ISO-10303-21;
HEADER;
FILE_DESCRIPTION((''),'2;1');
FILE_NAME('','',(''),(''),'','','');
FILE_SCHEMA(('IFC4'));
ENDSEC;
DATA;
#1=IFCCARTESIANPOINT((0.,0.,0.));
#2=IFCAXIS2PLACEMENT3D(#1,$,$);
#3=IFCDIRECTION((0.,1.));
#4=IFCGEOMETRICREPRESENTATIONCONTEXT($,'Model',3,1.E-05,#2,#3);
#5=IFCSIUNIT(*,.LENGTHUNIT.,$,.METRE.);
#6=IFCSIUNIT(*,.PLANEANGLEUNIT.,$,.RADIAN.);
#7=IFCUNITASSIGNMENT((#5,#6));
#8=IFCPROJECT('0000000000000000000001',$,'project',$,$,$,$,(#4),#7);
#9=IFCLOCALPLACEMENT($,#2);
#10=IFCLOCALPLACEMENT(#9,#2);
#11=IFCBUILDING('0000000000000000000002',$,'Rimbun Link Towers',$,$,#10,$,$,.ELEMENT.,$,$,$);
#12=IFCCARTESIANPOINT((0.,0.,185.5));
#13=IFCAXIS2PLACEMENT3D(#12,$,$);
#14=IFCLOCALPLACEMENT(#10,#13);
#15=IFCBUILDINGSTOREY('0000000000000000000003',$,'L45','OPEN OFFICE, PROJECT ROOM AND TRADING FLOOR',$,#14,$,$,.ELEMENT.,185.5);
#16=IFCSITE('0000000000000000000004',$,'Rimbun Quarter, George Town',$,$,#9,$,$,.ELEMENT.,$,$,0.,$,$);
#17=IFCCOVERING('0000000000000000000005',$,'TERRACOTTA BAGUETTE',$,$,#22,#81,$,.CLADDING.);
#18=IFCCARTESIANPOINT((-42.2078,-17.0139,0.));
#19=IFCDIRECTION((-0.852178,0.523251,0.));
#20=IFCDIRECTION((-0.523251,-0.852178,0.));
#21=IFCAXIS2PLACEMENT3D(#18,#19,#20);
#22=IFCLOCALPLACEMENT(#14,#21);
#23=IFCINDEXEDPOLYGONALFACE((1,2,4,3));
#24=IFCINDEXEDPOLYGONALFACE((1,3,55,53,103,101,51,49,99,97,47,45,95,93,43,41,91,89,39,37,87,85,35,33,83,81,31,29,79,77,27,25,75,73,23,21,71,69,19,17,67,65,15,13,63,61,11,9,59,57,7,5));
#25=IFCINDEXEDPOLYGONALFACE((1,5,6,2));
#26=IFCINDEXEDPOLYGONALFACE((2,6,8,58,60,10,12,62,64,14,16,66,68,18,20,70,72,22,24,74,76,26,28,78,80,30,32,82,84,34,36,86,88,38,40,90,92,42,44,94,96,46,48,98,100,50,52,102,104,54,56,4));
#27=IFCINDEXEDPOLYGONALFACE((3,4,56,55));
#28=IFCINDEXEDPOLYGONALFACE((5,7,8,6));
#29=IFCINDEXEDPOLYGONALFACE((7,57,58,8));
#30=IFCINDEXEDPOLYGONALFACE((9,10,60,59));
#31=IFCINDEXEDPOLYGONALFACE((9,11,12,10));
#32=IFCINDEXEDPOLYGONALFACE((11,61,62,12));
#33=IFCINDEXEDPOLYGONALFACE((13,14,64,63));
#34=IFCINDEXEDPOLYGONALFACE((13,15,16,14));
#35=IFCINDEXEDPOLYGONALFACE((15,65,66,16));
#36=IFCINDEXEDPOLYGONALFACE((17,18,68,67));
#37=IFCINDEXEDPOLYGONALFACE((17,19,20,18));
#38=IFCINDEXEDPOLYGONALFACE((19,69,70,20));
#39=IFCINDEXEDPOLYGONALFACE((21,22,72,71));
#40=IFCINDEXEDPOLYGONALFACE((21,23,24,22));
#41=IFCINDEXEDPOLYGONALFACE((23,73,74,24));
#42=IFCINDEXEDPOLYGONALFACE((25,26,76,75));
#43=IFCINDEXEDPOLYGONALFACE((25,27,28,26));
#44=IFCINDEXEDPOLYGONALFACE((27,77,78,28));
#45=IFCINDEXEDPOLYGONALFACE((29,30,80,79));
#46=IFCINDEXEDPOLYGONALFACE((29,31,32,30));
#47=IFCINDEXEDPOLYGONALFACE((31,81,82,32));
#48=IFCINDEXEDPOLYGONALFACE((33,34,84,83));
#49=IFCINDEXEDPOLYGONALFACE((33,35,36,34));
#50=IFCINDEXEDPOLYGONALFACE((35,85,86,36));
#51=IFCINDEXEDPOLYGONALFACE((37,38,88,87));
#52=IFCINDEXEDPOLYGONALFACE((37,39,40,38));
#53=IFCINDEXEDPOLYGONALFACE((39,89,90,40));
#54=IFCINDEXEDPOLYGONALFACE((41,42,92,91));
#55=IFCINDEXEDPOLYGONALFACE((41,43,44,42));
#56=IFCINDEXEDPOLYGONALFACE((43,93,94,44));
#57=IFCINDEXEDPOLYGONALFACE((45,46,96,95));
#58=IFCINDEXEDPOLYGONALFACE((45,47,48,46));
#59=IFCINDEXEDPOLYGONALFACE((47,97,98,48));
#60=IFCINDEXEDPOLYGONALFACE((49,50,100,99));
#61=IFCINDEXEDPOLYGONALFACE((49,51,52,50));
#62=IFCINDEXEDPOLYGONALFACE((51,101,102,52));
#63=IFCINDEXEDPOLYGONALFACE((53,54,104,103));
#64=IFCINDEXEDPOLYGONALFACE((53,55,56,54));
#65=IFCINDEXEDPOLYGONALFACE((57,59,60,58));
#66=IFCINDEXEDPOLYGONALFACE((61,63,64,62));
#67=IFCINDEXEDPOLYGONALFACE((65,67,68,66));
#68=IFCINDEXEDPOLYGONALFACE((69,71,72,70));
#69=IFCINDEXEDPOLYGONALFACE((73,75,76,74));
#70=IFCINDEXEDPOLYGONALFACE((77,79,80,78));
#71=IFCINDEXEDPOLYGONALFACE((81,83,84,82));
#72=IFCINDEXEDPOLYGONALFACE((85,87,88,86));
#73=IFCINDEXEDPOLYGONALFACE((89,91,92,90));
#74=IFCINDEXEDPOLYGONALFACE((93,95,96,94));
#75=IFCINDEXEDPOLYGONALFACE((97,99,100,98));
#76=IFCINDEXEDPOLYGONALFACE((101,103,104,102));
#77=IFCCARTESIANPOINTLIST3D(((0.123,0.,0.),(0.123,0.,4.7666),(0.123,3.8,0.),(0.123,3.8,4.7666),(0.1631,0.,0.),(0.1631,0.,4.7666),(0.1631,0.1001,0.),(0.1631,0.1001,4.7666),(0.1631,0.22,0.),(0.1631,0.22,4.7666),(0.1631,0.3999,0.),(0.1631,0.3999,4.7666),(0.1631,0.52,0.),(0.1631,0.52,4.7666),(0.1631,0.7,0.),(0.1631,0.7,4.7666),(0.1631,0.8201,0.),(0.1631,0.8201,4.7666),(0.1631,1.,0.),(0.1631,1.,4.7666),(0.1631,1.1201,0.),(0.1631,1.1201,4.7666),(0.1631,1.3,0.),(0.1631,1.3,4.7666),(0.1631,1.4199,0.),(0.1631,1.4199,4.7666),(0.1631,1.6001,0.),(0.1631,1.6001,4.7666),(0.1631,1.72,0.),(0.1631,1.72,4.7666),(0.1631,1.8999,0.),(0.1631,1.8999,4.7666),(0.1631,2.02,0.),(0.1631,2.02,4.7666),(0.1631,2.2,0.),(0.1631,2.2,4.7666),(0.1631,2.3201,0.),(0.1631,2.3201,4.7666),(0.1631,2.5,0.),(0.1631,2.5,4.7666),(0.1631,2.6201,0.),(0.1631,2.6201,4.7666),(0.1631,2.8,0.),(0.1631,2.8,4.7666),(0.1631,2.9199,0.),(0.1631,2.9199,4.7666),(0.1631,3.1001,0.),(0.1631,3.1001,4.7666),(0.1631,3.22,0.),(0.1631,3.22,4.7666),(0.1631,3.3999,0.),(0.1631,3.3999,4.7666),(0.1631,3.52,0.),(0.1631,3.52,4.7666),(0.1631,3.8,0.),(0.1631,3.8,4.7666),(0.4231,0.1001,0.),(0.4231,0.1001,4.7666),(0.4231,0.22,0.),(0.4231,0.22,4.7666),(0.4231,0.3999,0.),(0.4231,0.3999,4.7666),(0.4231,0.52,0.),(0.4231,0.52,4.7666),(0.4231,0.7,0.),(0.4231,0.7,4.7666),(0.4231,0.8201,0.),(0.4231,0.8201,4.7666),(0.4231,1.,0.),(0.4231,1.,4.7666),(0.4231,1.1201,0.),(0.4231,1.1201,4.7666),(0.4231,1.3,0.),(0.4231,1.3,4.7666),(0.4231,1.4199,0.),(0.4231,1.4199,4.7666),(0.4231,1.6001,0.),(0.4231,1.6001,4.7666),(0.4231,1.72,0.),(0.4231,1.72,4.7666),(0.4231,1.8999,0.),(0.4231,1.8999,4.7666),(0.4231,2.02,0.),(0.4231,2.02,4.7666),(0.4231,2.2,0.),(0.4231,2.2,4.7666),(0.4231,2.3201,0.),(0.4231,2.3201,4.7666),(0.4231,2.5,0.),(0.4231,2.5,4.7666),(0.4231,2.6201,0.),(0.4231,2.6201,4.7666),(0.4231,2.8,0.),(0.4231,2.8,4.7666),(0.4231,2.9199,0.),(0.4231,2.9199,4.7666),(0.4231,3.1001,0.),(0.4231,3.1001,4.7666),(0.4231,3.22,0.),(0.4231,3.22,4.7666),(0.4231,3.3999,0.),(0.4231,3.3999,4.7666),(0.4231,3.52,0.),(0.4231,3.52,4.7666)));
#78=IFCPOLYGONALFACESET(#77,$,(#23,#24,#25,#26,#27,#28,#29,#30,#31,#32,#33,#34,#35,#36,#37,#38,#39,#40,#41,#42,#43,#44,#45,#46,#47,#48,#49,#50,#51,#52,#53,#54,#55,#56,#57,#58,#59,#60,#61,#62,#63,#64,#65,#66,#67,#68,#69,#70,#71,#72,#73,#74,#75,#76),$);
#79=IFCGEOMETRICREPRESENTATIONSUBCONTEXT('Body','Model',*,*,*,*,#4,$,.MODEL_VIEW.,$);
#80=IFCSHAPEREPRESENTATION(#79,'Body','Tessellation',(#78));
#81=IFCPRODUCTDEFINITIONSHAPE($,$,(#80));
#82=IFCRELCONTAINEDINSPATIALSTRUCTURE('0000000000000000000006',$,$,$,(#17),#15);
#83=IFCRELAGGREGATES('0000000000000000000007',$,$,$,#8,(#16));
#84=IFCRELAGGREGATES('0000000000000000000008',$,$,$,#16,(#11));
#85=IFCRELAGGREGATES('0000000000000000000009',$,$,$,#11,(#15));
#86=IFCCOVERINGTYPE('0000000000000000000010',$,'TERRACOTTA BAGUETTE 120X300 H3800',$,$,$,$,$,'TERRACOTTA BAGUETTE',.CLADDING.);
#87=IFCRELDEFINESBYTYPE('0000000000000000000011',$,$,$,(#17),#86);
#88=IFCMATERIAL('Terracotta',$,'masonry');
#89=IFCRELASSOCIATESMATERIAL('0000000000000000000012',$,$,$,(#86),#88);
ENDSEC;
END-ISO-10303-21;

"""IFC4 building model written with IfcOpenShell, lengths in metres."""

from ifc_helpers import new_model, si_unit, direction, frame, origin, place, context, subcontext, project, spatial, polyline, outline, extrude, material, material_profile, profile_set, type_object, element, save


model = new_model("IFC4")

# Units and contexts
model_context = context("Model", 3, precision=1e-05, world=origin(), true_north=direction((0.0, 1.0)))
body_context = subcontext(model_context, "Body", "Model", "MODEL_VIEW")
ifc_project = project(units=[si_unit("LENGTHUNIT", "METRE"), si_unit("PLANEANGLEUNIT", "RADIAN")], contexts=[model_context])

# Site, building, storey
site_placement = place(None, origin())
site = spatial("IfcSite", under=ifc_project, at=site_placement, Name="Rimbun Quarter, George Town", CompositionType="ELEMENT", RefElevation=0.0)
building_placement = place(site_placement, origin())
building = spatial("IfcBuilding", under=site, at=building_placement, Name="Rimbun Link Towers", CompositionType="ELEMENT")
storey_placement = place(building_placement, frame((0.0, 0.0, 185.5)))
storey = spatial("IfcBuildingStorey", under=building, at=storey_placement, Name="L45", Description="OPEN OFFICE, PROJECT ROOM AND TRADING FLOOR", CompositionType="ELEMENT", Elevation=185.5)

# Covering
ifc_material_1 = material(Name="Terracotta", Category="masonry")
ifc_material_profile_1 = material_profile(ifc_material_1, outline(polyline([(0.123, 0.0), (0.1631, 0.0), (0.1631, 0.1001), (0.4231, 0.1001), (0.4231, 0.22), (0.1631, 0.22), (0.1631, 0.3999), (0.4231, 0.3999), (0.4231, 0.52), (0.1631, 0.52), (0.1631, 0.7), (0.4231, 0.7), (0.4231, 0.8201), (0.1631, 0.8201), (0.1631, 1.0), (0.4231, 1.0), (0.4231, 1.1201), (0.1631, 1.1201), (0.1631, 1.3), (0.4231, 1.3), (0.4231, 1.4199), (0.1631, 1.4199), (0.1631, 1.6001), (0.4231, 1.6001), (0.4231, 1.72), (0.1631, 1.72), (0.1631, 1.8999), (0.4231, 1.8999), (0.4231, 2.02), (0.1631, 2.02), (0.1631, 2.2), (0.4231, 2.2), (0.4231, 2.3201), (0.1631, 2.3201), (0.1631, 2.5), (0.4231, 2.5), (0.4231, 2.6201), (0.1631, 2.6201), (0.1631, 2.8), (0.4231, 2.8), (0.4231, 2.9199), (0.1631, 2.9199), (0.1631, 3.1001), (0.4231, 3.1001), (0.4231, 3.22), (0.1631, 3.22), (0.1631, 3.3999), (0.4231, 3.3999), (0.4231, 3.52), (0.1631, 3.52), (0.1631, 3.8), (0.123, 3.8), (0.123, 0.0)])), Name="BAGUETTE 120X300")
ifc_profile_set_1 = profile_set([ifc_material_profile_1], Name="Terracotta")
covering_type = type_object("IfcCoveringType", Name="TERRACOTTA BAGUETTE 120X300 H3800", ElementType="TERRACOTTA BAGUETTE", PredefinedType="CLADDING", material=ifc_profile_set_1)
covering_1_placement = place(storey_placement, frame((-42.2078, -17.0139, 0.0), z_axis=(-0.852178, 0.523251, 0.0), x_axis=(-0.523251, -0.852178, 0.0)))
element("IfcCovering", 1, at=covering_1_placement, inside=storey, type_object=covering_type, Name="TERRACOTTA BAGUETTE", PredefinedType="CLADDING", context=body_context, shape_type="SweptSolid", body=[
    extrude(outline(polyline([(0.123, 0.0), (0.1631, 0.0), (0.1631, 0.1001), (0.4231, 0.1001), (0.4231, 0.22), (0.1631, 0.22), (0.1631, 0.3999), (0.4231, 0.3999), (0.4231, 0.52), (0.1631, 0.52), (0.1631, 0.7), (0.4231, 0.7), (0.4231, 0.8201), (0.1631, 0.8201), (0.1631, 1.0), (0.4231, 1.0), (0.4231, 1.1201), (0.1631, 1.1201), (0.1631, 1.3), (0.4231, 1.3), (0.4231, 1.4199), (0.1631, 1.4199), (0.1631, 1.6001), (0.4231, 1.6001), (0.4231, 1.72), (0.1631, 1.72), (0.1631, 1.8999), (0.4231, 1.8999), (0.4231, 2.02), (0.1631, 2.02), (0.1631, 2.2), (0.4231, 2.2), (0.4231, 2.3201), (0.1631, 2.3201), (0.1631, 2.5), (0.4231, 2.5), (0.4231, 2.6201), (0.1631, 2.6201), (0.1631, 2.8), (0.4231, 2.8), (0.4231, 2.9199), (0.1631, 2.9199), (0.1631, 3.1001), (0.4231, 3.1001), (0.4231, 3.22), (0.1631, 3.22), (0.1631, 3.3999), (0.4231, 3.3999), (0.4231, 3.52), (0.1631, 3.52), (0.1631, 3.8), (0.123, 3.8), (0.123, 0.0)])), origin(), (0.0, 0.0, 1.0), 4.7666),
])

save(model, "model.ifc")
